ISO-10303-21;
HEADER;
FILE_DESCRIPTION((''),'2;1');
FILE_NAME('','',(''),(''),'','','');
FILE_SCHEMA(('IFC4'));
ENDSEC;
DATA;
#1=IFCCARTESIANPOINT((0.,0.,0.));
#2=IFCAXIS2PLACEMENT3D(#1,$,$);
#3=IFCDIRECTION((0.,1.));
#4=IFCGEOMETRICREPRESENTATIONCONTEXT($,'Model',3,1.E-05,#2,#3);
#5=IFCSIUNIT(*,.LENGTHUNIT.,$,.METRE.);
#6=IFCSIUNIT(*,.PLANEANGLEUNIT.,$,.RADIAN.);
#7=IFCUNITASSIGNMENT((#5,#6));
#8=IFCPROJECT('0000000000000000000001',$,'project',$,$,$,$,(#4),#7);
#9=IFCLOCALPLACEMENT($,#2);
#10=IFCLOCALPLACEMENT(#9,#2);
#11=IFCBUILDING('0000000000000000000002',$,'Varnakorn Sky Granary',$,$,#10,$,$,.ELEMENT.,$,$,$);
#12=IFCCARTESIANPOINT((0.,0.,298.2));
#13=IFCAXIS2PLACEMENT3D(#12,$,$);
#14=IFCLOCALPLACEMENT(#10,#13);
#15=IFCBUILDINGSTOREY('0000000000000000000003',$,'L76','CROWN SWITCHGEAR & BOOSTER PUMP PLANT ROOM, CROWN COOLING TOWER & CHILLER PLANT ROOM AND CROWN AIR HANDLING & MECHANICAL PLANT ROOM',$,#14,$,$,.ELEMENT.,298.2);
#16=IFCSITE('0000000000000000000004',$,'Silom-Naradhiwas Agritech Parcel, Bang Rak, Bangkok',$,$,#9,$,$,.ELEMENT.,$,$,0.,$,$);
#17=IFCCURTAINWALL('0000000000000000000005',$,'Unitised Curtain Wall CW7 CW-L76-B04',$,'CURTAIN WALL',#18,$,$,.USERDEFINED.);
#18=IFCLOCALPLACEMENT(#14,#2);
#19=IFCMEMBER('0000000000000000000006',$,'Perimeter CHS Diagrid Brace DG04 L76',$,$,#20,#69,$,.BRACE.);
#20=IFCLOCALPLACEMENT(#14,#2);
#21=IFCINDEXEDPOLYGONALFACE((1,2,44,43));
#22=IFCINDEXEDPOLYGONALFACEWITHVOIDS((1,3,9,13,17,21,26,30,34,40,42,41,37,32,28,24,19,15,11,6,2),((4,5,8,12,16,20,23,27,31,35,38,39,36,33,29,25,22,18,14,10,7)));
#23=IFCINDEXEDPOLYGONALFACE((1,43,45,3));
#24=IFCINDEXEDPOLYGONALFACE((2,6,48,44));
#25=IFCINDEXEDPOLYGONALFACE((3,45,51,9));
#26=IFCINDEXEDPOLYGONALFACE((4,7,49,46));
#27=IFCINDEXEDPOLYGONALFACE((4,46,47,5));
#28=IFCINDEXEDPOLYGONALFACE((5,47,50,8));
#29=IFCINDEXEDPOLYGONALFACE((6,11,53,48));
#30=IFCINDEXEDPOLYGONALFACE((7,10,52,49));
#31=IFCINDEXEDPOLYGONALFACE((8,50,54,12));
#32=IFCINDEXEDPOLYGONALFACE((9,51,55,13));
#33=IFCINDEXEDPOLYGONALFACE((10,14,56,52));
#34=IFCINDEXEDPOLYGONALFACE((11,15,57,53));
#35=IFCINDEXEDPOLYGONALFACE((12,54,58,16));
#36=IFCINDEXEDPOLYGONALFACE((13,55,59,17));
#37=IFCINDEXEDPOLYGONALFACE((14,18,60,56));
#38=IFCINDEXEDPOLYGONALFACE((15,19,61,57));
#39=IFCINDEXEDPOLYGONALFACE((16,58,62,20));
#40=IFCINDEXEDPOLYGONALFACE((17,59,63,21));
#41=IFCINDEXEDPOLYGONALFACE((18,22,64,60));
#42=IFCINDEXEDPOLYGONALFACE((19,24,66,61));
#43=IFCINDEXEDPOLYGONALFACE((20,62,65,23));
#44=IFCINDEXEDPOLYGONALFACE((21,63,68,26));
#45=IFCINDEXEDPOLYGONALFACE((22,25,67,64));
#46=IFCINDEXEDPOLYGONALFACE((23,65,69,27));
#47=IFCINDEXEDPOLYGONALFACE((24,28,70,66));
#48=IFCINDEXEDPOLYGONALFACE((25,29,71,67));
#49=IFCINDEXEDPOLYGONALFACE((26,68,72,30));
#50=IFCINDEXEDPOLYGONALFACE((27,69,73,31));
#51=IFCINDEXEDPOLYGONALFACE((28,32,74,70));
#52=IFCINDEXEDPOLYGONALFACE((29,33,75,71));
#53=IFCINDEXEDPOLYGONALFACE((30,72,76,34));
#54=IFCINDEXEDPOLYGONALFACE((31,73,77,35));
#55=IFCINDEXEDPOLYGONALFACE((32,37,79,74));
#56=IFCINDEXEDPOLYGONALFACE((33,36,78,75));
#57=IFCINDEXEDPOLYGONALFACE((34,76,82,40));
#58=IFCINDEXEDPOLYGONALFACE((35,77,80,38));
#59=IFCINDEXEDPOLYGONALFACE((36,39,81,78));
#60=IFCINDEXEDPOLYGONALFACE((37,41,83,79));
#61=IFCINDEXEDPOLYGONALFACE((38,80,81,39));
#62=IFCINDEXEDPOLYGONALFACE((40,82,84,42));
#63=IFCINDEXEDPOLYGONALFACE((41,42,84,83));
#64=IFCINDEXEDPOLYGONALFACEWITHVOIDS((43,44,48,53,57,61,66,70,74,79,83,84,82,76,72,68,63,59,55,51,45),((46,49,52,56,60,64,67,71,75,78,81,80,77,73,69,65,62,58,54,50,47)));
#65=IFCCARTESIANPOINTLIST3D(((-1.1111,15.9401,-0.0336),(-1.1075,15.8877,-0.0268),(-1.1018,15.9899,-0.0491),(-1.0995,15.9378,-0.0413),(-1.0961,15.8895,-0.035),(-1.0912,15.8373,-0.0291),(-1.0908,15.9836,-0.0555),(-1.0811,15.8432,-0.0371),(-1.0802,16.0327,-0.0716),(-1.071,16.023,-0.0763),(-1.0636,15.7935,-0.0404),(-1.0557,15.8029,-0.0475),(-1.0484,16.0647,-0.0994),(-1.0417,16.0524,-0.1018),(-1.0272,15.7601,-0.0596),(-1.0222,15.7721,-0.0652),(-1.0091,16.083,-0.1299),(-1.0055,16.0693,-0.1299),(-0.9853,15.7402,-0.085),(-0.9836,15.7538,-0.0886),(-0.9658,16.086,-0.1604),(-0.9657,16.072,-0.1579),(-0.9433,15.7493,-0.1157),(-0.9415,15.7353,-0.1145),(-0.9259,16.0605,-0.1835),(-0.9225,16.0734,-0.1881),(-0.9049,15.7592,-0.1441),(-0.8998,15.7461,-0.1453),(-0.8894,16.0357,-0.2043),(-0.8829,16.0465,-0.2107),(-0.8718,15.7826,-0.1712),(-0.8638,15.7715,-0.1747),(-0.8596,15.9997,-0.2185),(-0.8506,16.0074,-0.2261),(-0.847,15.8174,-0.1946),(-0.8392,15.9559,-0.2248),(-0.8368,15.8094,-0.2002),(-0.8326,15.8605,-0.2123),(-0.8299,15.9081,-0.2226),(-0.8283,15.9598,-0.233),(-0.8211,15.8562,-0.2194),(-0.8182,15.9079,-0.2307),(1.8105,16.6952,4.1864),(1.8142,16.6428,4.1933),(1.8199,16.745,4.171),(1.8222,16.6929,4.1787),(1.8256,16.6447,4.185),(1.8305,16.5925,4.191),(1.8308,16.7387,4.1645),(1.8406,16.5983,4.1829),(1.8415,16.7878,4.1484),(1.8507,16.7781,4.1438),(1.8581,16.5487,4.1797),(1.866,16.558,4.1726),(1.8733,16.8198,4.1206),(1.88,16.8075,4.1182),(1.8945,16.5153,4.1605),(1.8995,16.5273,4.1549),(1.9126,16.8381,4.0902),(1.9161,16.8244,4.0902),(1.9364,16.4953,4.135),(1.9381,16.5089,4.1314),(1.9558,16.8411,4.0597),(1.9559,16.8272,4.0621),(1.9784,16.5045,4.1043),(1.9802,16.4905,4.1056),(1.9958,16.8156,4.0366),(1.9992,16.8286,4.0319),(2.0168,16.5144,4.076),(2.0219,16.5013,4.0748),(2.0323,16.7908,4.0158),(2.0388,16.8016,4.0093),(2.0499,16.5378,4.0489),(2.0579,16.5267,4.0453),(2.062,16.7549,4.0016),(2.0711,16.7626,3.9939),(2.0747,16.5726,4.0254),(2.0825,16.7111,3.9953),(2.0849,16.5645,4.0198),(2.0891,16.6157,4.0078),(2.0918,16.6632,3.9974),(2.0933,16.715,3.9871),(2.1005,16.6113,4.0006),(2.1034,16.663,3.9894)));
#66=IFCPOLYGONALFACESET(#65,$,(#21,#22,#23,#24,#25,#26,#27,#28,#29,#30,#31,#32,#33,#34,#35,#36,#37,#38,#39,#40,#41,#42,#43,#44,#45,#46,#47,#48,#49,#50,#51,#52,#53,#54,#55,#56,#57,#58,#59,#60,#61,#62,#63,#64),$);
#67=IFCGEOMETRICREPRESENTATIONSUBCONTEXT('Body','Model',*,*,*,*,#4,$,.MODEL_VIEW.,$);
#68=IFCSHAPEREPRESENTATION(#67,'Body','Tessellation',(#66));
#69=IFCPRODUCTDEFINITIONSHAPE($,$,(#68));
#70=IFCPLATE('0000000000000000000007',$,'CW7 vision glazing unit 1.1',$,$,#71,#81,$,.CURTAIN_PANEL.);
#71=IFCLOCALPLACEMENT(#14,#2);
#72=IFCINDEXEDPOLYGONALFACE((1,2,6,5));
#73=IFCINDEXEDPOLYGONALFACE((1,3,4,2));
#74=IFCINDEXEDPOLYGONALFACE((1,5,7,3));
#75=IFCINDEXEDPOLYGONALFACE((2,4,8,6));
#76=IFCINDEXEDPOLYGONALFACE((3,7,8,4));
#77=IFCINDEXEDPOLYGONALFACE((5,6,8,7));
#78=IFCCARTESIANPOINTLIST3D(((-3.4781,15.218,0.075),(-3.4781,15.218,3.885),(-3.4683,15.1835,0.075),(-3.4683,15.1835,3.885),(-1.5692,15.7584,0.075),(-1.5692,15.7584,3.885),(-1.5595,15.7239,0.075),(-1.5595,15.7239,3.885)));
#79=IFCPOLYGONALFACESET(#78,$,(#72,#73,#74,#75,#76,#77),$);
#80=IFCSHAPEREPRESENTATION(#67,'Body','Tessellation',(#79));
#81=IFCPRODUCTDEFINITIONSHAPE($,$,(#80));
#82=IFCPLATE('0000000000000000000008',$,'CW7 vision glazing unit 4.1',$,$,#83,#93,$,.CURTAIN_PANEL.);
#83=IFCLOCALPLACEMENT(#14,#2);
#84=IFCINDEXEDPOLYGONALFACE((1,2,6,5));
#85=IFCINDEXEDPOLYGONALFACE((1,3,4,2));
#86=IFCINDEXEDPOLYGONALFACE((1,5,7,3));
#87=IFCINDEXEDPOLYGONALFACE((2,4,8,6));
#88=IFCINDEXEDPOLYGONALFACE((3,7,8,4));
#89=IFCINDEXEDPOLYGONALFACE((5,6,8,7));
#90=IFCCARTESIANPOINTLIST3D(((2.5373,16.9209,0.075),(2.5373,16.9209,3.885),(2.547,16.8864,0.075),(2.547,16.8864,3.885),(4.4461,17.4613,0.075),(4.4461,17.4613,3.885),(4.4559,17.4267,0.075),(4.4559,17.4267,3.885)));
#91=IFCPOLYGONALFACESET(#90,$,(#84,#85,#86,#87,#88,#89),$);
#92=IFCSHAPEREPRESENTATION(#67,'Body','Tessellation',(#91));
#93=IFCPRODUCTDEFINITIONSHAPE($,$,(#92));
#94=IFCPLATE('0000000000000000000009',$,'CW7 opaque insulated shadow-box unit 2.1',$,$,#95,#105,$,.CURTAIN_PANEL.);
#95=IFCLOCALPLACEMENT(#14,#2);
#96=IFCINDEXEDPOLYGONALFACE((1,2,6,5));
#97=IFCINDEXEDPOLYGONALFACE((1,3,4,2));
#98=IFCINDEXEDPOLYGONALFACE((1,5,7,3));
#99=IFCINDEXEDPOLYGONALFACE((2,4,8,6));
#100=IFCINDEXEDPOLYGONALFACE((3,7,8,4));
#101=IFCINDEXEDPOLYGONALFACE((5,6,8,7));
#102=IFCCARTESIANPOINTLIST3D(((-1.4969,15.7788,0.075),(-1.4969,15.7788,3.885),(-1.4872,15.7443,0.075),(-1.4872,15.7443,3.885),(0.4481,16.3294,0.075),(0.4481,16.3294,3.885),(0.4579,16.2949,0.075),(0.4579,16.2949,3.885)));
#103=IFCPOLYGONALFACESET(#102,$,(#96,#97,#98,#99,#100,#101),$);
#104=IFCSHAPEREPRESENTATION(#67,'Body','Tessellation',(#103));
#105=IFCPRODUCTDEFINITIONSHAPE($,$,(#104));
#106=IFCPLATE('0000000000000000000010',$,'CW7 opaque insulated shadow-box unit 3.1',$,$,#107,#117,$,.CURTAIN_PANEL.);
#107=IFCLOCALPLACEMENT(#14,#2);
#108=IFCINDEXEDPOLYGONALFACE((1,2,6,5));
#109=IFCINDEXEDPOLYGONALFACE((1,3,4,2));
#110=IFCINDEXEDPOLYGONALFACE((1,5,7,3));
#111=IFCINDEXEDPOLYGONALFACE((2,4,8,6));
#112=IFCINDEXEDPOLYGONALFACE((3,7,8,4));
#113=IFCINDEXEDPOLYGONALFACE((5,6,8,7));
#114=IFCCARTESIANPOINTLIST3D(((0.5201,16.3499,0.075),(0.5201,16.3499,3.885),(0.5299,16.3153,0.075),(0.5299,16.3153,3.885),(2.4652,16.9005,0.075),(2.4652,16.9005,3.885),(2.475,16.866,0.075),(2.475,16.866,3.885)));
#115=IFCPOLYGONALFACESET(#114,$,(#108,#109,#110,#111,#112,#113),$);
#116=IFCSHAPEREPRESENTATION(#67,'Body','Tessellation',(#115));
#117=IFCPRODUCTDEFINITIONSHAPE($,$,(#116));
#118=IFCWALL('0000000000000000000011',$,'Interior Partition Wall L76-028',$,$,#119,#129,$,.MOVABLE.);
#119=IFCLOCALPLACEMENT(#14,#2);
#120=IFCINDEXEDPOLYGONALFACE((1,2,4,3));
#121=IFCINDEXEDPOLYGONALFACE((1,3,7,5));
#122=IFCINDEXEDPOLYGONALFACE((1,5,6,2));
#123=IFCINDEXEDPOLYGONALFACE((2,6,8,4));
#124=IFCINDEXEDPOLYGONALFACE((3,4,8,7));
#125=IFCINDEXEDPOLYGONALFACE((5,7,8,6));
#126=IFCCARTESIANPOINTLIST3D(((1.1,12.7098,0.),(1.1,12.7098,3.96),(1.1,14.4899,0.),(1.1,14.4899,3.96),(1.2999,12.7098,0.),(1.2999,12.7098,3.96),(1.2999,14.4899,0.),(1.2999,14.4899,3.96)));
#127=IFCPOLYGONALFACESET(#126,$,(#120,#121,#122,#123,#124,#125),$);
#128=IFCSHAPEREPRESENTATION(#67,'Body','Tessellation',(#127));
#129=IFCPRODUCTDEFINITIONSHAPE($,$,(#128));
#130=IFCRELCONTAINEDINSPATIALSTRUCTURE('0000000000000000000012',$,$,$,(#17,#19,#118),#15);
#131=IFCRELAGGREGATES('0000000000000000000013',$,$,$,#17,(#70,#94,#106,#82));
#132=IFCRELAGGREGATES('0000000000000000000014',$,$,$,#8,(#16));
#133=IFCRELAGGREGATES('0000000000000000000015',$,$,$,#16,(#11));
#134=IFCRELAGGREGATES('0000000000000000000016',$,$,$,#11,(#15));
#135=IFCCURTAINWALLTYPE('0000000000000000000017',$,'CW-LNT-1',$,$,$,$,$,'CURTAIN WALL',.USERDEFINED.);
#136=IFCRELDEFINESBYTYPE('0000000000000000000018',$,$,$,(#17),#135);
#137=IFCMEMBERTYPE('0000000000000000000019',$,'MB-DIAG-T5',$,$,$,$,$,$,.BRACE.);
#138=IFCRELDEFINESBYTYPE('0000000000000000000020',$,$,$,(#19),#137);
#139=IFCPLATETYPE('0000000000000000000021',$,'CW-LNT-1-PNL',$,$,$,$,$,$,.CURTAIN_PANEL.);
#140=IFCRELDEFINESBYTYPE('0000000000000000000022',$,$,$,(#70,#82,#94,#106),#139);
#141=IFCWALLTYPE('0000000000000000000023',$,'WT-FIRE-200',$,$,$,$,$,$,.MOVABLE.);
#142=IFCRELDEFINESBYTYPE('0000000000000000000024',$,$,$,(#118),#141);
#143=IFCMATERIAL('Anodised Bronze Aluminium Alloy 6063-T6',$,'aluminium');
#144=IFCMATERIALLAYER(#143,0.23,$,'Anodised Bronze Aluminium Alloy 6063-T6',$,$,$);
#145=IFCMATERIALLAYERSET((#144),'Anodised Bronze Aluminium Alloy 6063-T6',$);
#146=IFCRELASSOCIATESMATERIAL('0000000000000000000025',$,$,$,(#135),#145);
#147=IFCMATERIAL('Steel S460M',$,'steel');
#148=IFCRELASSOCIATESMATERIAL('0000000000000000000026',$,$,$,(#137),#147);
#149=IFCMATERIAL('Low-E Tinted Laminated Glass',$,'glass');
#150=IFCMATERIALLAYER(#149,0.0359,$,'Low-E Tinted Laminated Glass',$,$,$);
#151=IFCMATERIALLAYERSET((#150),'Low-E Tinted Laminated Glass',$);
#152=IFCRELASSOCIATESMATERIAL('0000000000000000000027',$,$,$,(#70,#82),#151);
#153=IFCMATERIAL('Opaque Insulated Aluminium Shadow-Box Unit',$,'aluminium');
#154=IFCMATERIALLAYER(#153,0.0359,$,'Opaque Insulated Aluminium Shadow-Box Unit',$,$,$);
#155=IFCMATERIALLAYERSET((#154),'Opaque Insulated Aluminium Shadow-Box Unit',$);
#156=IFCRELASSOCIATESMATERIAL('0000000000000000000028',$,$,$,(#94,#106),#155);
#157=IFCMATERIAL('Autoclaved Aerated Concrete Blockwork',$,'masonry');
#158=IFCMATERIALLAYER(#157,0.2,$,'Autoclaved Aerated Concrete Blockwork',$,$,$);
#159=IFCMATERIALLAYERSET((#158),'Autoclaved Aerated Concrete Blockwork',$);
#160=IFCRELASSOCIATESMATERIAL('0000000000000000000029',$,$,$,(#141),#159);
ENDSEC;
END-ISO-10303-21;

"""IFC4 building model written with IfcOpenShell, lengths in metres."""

from ifc_helpers import new_model, si_unit, direction, frame, frame_2d, origin, origin_2d, place, context, subcontext, project, spatial, rectangle, hollow_circle, extrude, source, transform, mapped, material, layer, layer_set, material_profile, profile_set, type_object, type_shapes, element, aggregate, save


model = new_model("IFC4")

# Units and contexts
model_context = context("Model", 3, precision=1e-05, world=origin(), true_north=direction((0.0, 1.0)))
body_context = subcontext(model_context, "Body", "Model", "MODEL_VIEW")
ifc_project = project(units=[si_unit("LENGTHUNIT", "METRE"), si_unit("PLANEANGLEUNIT", "RADIAN")], contexts=[model_context])

# Site, building, storey
site_placement = place(None, origin())
site = spatial("IfcSite", under=ifc_project, at=site_placement, Name="Silom-Naradhiwas Agritech Parcel, Bang Rak, Bangkok", CompositionType="ELEMENT", RefElevation=0.0)
building_placement = place(site_placement, origin())
building = spatial("IfcBuilding", under=site, at=building_placement, Name="Varnakorn Sky Granary", CompositionType="ELEMENT")
storey_placement = place(building_placement, frame((0.0, 0.0, 298.2)))
storey = spatial("IfcBuildingStorey", under=building, at=storey_placement, Name="L76", Description="CROWN SWITCHGEAR & BOOSTER PUMP PLANT ROOM, CROWN COOLING TOWER & CHILLER PLANT ROOM AND CROWN AIR HANDLING & MECHANICAL PLANT ROOM", CompositionType="ELEMENT", Elevation=298.2)

# Shared definitions
ifc_material_1 = material(Name="Steel S460M", Category="steel")

# Shared definitions
ifc_material_2 = material(Name="Anodised Bronze Aluminium Alloy 6063-T6", Category="aluminium")
ifc_layer_1 = layer(ifc_material_2, 0.23, Name="Anodised Bronze Aluminium Alloy 6063-T6")
ifc_layer_set_1 = layer_set([ifc_layer_1], Name="Anodised Bronze Aluminium Alloy 6063-T6")
curtain_wall_type = type_object("IfcCurtainWallType", Name="CW-LNT-1", ElementType="CURTAIN WALL", PredefinedType="USERDEFINED", material=ifc_layer_set_1)

# Curtain wall
curtain_wall_1_placement = place(storey_placement, origin())
curtain_wall_1 = element("IfcCurtainWall", 1, at=curtain_wall_1_placement, inside=storey, type_object=curtain_wall_type, Name="Unitised Curtain Wall CW7 CW-L76-B04", ObjectType="CURTAIN WALL", PredefinedType="USERDEFINED")

# Member
ifc_material_profile_1 = material_profile(ifc_material_1, hollow_circle(Radius=0.1777, WallThickness=0.0142, at=origin_2d()), Name="CHS 355.6x14")
ifc_profile_set_1 = profile_set([ifc_material_profile_1], Name="Steel S460M")
member_type_1 = type_object("IfcMemberType", Name="MB-DIAG-T5", PredefinedType="BRACE", material=ifc_profile_set_1)
member_1_placement = place(storey_placement, frame((-0.9646, 15.9109, -0.1299), z_axis=(0.563163, 0.145555, 0.813426), x_axis=(-0.250238, 0.968184, 0.0)))
element("IfcMember", 2, at=member_1_placement, inside=storey, type_object=member_type_1, Name="Perimeter CHS Diagrid Brace DG04 L76", PredefinedType="BRACE", context=body_context, shape_type="SweptSolid", body=[
    extrude(hollow_circle(Radius=0.1777, WallThickness=0.0142, at=origin_2d()), origin(), (0.0, 0.0, 1.0), 5.188),
])

# Plates
ifc_material_3 = material(Name="Low-E Tinted Laminated Glass", Category="glass")
ifc_layer_2 = layer(ifc_material_3, 0.0359, Name="Low-E Tinted Laminated Glass")
ifc_layer_set_2 = layer_set([ifc_layer_2], Name="Low-E Tinted Laminated Glass")
plate_type = type_object("IfcPlateType", Name="CW-LNT-1-PNL", PredefinedType="CURTAIN_PANEL")
shared_shape_1 = source(origin(), body_context, "Body", "SweptSolid", [
    extrude(rectangle(XDim=1.9839, YDim=0.0359, at=origin_2d()), origin(), (0.0, 0.0, 1.0), 3.8101),
])
plate_1_placement = place(storey_placement, frame((-2.5188, 15.4709, 0.075), z_axis=(0.0, 0.0, 1.0), x_axis=(0.962189, 0.272381, 0.0)))
plate_1 = element("IfcPlate", 3, at=plate_1_placement, type_object=plate_type, material=ifc_layer_set_2, Name="CW7 vision glazing unit 1.1", PredefinedType="CURTAIN_PANEL", context=body_context, shape_type="MappedRepresentation", body=[
    mapped(shared_shape_1, transform((0.0, 0.0, 0.0), x_axis=(1.0, 0.0, 0.0), y_axis=(0.0, 1.0, 0.0), z_axis=(0.0, 0.0, 1.0), scale=1.0)),
])
plate_2_placement = place(storey_placement, frame((3.4966, 17.1738, 0.075), z_axis=(0.0, 0.0, 1.0), x_axis=(0.962189, 0.272381, 0.0)))
plate_2 = element("IfcPlate", 4, at=plate_2_placement, type_object=plate_type, material=ifc_layer_set_2, Name="CW7 vision glazing unit 4.1", PredefinedType="CURTAIN_PANEL", context=body_context, shape_type="MappedRepresentation", body=[
    mapped(shared_shape_1, transform((0.0, 0.0, 0.0), x_axis=(1.0, 0.0, 0.0), y_axis=(0.0, 1.0, 0.0), z_axis=(0.0, 0.0, 1.0), scale=1.0)),
])
ifc_material_4 = material(Name="Opaque Insulated Aluminium Shadow-Box Unit", Category="aluminium")
ifc_layer_3 = layer(ifc_material_4, 0.0359, Name="Opaque Insulated Aluminium Shadow-Box Unit")
ifc_layer_set_3 = layer_set([ifc_layer_3], Name="Opaque Insulated Aluminium Shadow-Box Unit")
shared_shape_2 = source(origin(), body_context, "Body", "SweptSolid", [
    extrude(rectangle(XDim=2.0215, YDim=0.0359, at=origin_2d()), origin(), (0.0, 0.0, 1.0), 3.8101),
])
type_shapes(plate_type, [shared_shape_1, shared_shape_2])
plate_3_placement = place(storey_placement, frame((-0.5195, 16.0369, 0.075), z_axis=(0.0, 0.0, 1.0), x_axis=(0.962189, 0.272381, 0.0)))
plate_3 = element("IfcPlate", 5, at=plate_3_placement, type_object=plate_type, material=ifc_layer_set_3, Name="CW7 opaque insulated shadow-box unit 2.1", PredefinedType="CURTAIN_PANEL", context=body_context, shape_type="MappedRepresentation", body=[
    mapped(shared_shape_2, transform((0.0, 0.0, 0.0), x_axis=(1.0, 0.0, 0.0), y_axis=(0.0, 1.0, 0.0), z_axis=(0.0, 0.0, 1.0), scale=1.0)),
])
plate_4_placement = place(storey_placement, frame((1.4976, 16.6079, 0.075), z_axis=(0.0, 0.0, 1.0), x_axis=(0.962189, 0.272381, 0.0)))
plate_4 = element("IfcPlate", 6, at=plate_4_placement, type_object=plate_type, material=ifc_layer_set_3, Name="CW7 opaque insulated shadow-box unit 3.1", PredefinedType="CURTAIN_PANEL", context=body_context, shape_type="MappedRepresentation", body=[
    mapped(shared_shape_2, transform((0.0, 0.0, 0.0), x_axis=(1.0, 0.0, 0.0), y_axis=(0.0, 1.0, 0.0), z_axis=(0.0, 0.0, 1.0), scale=1.0)),
])
aggregate(curtain_wall_1, [plate_1, plate_3, plate_4, plate_2])

# Wall
ifc_material_5 = material(Name="Autoclaved Aerated Concrete Blockwork", Category="masonry")
ifc_layer_4 = layer(ifc_material_5, 0.2, Name="Autoclaved Aerated Concrete Blockwork")
ifc_layer_set_4 = layer_set([ifc_layer_4], Name="Autoclaved Aerated Concrete Blockwork")
wall_type = type_object("IfcWallType", Name="WT-FIRE-200", PredefinedType="MOVABLE", material=ifc_layer_set_4)
wall_placement = place(storey_placement, frame((1.2, 14.49, 0.0), z_axis=(0.0, 0.0, 1.0), x_axis=(0.0, -1.0, 0.0)))
element("IfcWall", 7, at=wall_placement, inside=storey, type_object=wall_type, Name="Interior Partition Wall L76-028", PredefinedType="MOVABLE", context=body_context, shape_type="SweptSolid", body=[
    extrude(rectangle(XDim=1.78, YDim=0.2, at=frame_2d((0.8901, 0.0))), origin(), (0.0, 0.0, 1.0), 3.96),
])

save(model, "model.ifc")
